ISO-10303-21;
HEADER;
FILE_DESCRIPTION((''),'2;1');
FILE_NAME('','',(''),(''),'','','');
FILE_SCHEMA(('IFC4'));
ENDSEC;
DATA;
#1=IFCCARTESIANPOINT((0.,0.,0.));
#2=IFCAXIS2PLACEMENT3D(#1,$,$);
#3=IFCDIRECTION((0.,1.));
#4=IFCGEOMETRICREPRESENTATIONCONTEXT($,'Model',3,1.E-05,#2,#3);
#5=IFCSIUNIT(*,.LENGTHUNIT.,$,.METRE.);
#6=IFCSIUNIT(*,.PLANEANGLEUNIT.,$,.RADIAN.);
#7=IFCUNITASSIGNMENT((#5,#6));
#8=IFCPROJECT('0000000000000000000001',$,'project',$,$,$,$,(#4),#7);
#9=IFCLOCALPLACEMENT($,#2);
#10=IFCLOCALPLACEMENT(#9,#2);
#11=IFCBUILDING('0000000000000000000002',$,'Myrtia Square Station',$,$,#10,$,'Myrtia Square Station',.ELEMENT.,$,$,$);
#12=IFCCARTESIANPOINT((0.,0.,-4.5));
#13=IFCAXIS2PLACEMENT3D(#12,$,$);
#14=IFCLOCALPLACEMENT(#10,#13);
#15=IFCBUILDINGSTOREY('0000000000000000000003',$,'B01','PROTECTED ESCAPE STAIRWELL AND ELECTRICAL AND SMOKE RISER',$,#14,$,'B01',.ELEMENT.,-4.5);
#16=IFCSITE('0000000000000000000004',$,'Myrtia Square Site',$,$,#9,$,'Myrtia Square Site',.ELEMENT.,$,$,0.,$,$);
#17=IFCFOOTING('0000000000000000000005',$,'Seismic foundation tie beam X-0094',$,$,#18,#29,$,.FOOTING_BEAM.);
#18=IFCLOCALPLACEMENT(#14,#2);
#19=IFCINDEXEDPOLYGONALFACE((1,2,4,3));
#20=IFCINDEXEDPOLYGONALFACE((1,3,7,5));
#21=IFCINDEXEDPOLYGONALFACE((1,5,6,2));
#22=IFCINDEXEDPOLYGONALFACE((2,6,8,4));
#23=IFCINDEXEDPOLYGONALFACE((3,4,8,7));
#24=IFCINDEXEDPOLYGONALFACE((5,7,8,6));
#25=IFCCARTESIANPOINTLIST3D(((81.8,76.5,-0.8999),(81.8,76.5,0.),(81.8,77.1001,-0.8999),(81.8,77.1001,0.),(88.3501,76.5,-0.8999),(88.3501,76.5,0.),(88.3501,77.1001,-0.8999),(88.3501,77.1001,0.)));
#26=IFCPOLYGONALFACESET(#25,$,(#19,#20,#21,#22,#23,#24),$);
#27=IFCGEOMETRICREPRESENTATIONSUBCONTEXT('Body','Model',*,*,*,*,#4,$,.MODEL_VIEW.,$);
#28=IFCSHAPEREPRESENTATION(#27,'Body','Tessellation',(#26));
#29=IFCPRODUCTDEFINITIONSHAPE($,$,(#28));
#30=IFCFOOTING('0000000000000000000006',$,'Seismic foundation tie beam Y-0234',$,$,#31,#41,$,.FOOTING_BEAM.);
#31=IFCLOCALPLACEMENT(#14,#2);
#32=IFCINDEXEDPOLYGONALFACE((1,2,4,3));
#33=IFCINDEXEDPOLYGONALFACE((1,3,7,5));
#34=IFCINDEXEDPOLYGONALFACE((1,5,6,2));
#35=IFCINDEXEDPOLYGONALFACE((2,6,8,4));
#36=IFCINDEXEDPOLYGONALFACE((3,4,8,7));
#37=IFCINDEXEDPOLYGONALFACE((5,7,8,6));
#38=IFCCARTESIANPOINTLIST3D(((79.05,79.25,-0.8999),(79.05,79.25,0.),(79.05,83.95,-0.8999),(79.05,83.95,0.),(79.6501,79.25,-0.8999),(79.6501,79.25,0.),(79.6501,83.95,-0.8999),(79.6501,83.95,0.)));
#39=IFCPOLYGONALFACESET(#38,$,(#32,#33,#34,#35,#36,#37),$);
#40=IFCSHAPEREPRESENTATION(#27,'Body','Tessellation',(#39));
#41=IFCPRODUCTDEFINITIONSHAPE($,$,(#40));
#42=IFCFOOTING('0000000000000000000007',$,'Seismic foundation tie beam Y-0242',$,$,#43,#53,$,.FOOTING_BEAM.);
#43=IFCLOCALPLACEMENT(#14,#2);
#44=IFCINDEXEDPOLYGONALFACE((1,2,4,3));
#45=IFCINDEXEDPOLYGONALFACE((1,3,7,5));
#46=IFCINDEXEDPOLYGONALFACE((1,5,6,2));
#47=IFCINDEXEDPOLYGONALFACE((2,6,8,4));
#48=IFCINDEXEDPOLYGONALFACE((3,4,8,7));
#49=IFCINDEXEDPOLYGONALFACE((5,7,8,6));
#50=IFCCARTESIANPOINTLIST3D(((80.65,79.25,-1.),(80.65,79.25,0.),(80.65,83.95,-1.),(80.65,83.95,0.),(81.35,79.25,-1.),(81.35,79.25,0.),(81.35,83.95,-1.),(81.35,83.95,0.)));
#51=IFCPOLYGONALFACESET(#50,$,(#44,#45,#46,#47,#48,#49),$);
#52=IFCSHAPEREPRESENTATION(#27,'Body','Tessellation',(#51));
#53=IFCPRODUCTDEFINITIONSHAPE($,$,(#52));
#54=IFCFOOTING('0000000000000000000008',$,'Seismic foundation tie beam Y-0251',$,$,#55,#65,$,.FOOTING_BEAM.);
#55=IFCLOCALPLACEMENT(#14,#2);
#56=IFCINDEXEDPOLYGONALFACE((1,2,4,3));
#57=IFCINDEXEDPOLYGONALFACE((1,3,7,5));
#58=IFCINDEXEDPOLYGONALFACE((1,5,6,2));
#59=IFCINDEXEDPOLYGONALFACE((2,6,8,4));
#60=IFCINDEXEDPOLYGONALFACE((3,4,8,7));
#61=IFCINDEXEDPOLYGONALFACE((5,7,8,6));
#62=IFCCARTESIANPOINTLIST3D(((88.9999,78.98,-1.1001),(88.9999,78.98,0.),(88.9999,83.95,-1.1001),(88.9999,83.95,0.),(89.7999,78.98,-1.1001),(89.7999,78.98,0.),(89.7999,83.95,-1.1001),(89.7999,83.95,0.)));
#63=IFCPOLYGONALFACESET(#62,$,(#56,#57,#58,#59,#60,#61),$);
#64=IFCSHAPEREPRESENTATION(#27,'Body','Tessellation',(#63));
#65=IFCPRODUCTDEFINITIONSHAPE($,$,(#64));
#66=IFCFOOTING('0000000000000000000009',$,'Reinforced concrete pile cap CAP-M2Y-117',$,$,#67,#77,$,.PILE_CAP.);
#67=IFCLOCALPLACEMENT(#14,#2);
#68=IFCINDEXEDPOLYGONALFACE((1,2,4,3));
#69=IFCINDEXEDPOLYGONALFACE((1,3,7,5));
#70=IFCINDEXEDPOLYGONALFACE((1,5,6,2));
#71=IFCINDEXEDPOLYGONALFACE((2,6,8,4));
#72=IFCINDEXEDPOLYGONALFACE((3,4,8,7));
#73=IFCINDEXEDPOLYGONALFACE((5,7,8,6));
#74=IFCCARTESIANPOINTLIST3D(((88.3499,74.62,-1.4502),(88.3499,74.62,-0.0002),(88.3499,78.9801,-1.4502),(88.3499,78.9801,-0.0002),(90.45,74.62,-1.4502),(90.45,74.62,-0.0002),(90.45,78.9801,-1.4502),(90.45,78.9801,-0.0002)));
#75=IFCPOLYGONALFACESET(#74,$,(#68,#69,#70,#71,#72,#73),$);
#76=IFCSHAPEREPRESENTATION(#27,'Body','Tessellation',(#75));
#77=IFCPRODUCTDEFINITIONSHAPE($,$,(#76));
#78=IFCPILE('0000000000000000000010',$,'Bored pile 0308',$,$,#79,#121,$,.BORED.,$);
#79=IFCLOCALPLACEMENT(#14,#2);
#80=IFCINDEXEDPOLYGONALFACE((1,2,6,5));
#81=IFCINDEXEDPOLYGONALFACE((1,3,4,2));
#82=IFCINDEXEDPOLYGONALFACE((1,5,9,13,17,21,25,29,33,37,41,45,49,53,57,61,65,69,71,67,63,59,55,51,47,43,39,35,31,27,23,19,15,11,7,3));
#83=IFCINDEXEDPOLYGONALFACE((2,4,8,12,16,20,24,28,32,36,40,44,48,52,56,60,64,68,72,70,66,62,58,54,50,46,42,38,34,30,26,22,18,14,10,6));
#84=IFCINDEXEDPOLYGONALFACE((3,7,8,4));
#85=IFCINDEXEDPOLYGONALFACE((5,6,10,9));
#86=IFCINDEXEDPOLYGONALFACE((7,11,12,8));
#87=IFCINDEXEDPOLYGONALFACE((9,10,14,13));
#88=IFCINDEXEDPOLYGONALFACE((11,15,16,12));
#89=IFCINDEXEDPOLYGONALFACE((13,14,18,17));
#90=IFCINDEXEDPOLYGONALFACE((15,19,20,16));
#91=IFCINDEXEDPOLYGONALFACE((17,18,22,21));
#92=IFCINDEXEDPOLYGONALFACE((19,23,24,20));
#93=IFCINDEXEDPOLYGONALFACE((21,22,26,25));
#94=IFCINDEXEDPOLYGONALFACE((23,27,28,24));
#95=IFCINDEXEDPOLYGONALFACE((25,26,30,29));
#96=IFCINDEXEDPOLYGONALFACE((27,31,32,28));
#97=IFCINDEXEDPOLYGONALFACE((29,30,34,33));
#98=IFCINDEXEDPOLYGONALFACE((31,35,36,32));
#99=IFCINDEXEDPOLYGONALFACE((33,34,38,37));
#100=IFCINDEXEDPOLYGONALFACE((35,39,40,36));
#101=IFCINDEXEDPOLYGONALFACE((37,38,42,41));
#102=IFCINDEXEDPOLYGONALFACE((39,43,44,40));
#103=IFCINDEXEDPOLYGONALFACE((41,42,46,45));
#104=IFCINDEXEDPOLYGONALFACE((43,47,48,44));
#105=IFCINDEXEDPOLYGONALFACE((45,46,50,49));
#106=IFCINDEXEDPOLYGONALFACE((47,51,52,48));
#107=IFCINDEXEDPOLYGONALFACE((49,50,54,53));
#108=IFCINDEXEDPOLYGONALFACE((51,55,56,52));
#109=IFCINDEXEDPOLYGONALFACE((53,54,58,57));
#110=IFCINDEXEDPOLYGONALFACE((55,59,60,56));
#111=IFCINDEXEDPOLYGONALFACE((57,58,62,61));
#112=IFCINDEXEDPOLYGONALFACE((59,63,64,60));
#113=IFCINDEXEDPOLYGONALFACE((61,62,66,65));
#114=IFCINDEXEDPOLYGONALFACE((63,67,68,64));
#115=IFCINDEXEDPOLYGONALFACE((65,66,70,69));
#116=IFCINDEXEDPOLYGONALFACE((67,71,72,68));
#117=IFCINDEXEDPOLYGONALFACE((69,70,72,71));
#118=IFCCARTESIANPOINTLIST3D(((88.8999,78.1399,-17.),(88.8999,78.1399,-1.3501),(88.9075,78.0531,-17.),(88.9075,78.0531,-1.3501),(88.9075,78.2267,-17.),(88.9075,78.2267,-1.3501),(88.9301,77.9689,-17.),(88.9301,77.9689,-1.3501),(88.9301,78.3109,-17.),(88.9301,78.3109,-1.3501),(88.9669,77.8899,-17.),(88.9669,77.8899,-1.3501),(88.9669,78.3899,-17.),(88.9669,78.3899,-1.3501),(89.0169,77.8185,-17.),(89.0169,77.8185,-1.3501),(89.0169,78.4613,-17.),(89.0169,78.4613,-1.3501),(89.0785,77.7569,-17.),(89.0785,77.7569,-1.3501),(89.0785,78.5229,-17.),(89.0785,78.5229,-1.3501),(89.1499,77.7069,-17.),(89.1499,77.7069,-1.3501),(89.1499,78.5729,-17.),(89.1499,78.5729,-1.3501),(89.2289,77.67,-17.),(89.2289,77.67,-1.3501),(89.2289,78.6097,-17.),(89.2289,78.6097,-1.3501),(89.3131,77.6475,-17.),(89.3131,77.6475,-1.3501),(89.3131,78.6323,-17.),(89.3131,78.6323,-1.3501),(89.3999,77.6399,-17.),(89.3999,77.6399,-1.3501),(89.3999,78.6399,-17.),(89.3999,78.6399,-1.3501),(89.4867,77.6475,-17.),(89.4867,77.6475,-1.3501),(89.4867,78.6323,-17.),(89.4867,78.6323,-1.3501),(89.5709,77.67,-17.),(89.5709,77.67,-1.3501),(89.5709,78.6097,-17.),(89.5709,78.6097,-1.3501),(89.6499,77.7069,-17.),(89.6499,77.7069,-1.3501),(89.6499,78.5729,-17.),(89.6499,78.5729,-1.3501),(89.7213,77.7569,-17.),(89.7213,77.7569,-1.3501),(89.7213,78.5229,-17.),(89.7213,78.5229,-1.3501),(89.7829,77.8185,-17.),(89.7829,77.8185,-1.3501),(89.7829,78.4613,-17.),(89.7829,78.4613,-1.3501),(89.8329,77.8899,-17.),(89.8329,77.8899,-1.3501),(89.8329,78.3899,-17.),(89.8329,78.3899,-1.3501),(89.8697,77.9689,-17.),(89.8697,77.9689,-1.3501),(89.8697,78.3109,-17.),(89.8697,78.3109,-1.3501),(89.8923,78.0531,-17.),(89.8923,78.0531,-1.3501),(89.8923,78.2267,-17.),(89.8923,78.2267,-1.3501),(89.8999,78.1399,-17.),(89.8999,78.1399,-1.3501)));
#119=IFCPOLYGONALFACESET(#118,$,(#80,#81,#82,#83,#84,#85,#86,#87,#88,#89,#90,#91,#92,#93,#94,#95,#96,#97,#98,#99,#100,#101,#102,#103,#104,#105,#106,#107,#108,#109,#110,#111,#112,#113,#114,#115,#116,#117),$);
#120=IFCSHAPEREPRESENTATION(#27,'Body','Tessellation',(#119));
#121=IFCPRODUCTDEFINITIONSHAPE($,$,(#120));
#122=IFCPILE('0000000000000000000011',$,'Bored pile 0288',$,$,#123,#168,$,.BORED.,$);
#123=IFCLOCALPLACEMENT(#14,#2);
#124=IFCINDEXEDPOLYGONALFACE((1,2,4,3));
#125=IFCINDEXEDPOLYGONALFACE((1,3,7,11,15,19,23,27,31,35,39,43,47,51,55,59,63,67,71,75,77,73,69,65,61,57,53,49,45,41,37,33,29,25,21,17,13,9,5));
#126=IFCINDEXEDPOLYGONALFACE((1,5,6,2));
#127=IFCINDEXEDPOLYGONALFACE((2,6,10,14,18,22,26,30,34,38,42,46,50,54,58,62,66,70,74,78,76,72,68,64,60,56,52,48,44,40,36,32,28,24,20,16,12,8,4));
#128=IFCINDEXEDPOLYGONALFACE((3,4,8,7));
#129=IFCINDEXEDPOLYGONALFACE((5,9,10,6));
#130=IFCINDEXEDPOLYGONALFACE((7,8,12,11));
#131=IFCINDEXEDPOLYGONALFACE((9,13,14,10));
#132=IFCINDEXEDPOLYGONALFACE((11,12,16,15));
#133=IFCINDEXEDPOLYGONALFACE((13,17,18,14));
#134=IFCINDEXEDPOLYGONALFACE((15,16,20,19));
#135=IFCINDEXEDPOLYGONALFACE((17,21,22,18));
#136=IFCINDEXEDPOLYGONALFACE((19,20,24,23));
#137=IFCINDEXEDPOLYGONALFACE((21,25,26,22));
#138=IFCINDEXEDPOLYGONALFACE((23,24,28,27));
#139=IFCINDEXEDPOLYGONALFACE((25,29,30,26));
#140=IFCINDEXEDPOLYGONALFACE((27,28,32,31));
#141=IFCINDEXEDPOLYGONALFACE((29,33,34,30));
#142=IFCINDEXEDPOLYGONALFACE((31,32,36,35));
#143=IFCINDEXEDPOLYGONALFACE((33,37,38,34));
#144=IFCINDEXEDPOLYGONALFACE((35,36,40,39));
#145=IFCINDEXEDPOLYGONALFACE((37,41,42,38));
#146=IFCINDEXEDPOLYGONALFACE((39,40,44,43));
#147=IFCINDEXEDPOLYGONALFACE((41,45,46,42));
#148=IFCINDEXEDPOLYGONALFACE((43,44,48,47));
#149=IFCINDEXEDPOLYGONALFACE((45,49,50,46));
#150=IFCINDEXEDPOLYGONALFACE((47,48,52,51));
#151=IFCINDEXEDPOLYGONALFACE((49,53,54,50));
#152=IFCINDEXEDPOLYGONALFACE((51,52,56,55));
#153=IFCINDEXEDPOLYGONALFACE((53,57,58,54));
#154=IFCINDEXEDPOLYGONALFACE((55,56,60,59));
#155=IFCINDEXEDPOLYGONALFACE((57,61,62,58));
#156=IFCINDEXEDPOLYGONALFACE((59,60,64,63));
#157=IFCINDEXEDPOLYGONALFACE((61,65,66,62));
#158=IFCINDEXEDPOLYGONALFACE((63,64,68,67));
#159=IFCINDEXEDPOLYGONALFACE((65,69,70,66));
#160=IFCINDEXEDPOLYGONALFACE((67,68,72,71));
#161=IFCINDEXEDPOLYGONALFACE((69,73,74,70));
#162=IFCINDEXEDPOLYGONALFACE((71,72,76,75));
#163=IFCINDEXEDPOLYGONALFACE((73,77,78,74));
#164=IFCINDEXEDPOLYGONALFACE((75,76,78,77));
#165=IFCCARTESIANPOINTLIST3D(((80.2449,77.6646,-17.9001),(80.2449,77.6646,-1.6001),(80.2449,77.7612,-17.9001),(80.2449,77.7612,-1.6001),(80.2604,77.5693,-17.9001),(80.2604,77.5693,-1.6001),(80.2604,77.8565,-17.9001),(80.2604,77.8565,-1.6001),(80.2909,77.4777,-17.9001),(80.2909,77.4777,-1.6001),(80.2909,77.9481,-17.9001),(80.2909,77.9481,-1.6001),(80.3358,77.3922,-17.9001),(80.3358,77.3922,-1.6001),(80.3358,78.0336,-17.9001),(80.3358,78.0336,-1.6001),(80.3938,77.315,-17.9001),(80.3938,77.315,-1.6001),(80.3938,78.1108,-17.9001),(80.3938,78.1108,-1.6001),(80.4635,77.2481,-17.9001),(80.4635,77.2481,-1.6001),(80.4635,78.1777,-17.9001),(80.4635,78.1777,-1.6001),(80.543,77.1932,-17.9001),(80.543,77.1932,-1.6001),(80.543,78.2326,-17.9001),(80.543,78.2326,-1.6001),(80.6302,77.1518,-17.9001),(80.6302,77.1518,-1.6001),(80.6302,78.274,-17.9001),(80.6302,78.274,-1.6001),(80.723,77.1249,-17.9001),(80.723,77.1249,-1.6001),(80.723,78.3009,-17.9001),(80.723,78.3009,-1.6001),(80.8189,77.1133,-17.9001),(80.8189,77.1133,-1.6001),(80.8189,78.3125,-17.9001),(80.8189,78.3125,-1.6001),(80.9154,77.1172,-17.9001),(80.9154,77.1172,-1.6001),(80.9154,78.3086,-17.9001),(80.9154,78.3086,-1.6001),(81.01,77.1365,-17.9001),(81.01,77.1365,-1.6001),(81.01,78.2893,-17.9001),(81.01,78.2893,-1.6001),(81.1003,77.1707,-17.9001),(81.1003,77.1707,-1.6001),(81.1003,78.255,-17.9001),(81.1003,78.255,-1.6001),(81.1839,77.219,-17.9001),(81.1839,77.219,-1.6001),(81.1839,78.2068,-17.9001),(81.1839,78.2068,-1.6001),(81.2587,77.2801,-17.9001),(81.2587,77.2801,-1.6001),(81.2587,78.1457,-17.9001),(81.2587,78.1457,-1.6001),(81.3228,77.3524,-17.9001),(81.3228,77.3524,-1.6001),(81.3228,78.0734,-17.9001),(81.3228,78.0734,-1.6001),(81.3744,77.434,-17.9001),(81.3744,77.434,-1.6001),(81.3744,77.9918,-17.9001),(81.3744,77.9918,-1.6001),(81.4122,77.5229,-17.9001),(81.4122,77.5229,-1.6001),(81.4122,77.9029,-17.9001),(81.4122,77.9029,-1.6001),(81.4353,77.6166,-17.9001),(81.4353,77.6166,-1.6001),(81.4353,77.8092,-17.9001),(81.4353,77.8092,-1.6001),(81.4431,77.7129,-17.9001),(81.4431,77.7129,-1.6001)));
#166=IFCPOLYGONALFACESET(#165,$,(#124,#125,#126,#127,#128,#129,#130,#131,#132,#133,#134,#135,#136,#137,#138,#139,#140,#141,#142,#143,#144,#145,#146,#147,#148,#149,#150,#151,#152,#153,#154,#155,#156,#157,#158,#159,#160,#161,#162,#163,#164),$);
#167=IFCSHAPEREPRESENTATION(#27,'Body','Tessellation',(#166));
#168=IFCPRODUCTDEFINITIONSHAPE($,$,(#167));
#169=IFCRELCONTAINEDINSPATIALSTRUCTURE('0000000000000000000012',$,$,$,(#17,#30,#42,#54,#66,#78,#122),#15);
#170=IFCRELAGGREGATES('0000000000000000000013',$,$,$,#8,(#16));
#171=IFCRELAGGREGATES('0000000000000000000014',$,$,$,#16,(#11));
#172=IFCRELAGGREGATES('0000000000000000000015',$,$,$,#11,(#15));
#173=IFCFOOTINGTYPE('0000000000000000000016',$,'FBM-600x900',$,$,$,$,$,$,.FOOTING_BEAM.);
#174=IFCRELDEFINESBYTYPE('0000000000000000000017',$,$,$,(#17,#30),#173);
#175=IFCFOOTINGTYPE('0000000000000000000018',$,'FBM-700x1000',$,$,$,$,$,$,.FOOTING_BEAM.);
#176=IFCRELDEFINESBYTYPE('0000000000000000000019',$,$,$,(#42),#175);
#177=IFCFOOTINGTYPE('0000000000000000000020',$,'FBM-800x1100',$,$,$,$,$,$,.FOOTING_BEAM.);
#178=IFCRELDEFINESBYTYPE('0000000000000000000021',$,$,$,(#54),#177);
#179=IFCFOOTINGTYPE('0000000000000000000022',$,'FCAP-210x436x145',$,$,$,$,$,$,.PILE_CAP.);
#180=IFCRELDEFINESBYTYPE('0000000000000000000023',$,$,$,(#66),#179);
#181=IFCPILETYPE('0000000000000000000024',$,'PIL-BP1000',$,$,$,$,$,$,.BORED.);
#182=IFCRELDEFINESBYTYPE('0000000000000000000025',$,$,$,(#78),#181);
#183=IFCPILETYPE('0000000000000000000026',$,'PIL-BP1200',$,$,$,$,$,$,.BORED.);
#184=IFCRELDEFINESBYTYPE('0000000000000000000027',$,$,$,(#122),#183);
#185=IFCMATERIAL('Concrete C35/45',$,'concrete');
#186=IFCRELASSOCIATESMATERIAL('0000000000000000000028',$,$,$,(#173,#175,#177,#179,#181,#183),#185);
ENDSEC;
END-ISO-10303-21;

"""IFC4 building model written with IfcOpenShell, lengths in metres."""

from ifc_helpers import new_model, si_unit, direction, frame, origin, origin_2d, place, context, subcontext, project, spatial, rectangle, circle, extrude, material, material_profile, profile_set, type_object, element, save


model = new_model("IFC4")

# Units and contexts
model_context = context("Model", 3, precision=1e-05, world=origin(), true_north=direction((0.0, 1.0)))
body_context = subcontext(model_context, "Body", "Model", "MODEL_VIEW")
ifc_project = project(units=[si_unit("LENGTHUNIT", "METRE"), si_unit("PLANEANGLEUNIT", "RADIAN")], contexts=[model_context])

# Site, building, storey
site_placement = place(None, origin())
site = spatial("IfcSite", under=ifc_project, at=site_placement, Name="Myrtia Square Site", LongName="Myrtia Square Site", CompositionType="ELEMENT", RefElevation=0.0)
building_placement = place(site_placement, origin())
building = spatial("IfcBuilding", under=site, at=building_placement, Name="Myrtia Square Station", LongName="Myrtia Square Station", CompositionType="ELEMENT")
storey_placement = place(building_placement, frame((0.0, 0.0, -4.5)))
storey = spatial("IfcBuildingStorey", under=building, at=storey_placement, Name="B01", Description="PROTECTED ESCAPE STAIRWELL AND ELECTRICAL AND SMOKE RISER", LongName="B01", CompositionType="ELEMENT", Elevation=-4.5)

# Footings
ifc_material_1 = material(Name="Concrete C35/45", Category="concrete")
ifc_material_profile_1 = material_profile(ifc_material_1, rectangle(XDim=0.6001, YDim=0.8999, at=origin_2d()), Name="FB 600x900")
ifc_profile_set_1 = profile_set([ifc_material_profile_1], Name="Concrete C35/45")
footing_type_1 = type_object("IfcFootingType", Name="FBM-600x900", PredefinedType="FOOTING_BEAM", material=ifc_profile_set_1)
footing_1_placement = place(storey_placement, frame((81.8, 76.8, -0.45), z_axis=(1.0, 0.0, 0.0), x_axis=(0.0, 1.0, 0.0)))
element("IfcFooting", 1, at=footing_1_placement, inside=storey, type_object=footing_type_1, Name="Seismic foundation tie beam X-0094", PredefinedType="FOOTING_BEAM", context=body_context, shape_type="SweptSolid", body=[
    extrude(rectangle(XDim=0.6001, YDim=0.8999, at=origin_2d()), origin(), (0.0, 0.0, 1.0), 6.55),
])
footing_2_placement = place(storey_placement, frame((79.3501, 79.25, -0.45), z_axis=(0.0, 1.0, 0.0), x_axis=(-1.0, 0.0, 0.0)))
element("IfcFooting", 2, at=footing_2_placement, inside=storey, type_object=footing_type_1, Name="Seismic foundation tie beam Y-0234", PredefinedType="FOOTING_BEAM", context=body_context, shape_type="SweptSolid", body=[
    extrude(rectangle(XDim=0.6001, YDim=0.8999, at=origin_2d()), origin(), (0.0, 0.0, 1.0), 4.7),
])
ifc_material_profile_2 = material_profile(ifc_material_1, rectangle(XDim=0.7, YDim=1.0, at=origin_2d()), Name="FB 700x1000")
ifc_profile_set_2 = profile_set([ifc_material_profile_2], Name="Concrete C35/45")
footing_type_2 = type_object("IfcFootingType", Name="FBM-700x1000", PredefinedType="FOOTING_BEAM", material=ifc_profile_set_2)
footing_3_placement = place(storey_placement, frame((81.0, 79.25, -0.5), z_axis=(0.0, 1.0, 0.0), x_axis=(-1.0, 0.0, 0.0)))
element("IfcFooting", 3, at=footing_3_placement, inside=storey, type_object=footing_type_2, Name="Seismic foundation tie beam Y-0242", PredefinedType="FOOTING_BEAM", context=body_context, shape_type="SweptSolid", body=[
    extrude(rectangle(XDim=0.7, YDim=1.0, at=origin_2d()), origin(), (0.0, 0.0, 1.0), 4.7),
])
ifc_material_profile_3 = material_profile(ifc_material_1, rectangle(XDim=0.8, YDim=1.1001, at=origin_2d()), Name="FB 800x1100")
ifc_profile_set_3 = profile_set([ifc_material_profile_3], Name="Concrete C35/45")
footing_type_3 = type_object("IfcFootingType", Name="FBM-800x1100", PredefinedType="FOOTING_BEAM", material=ifc_profile_set_3)
footing_4_placement = place(storey_placement, frame((89.3999, 78.98, -0.55), z_axis=(0.0, 1.0, 0.0), x_axis=(-1.0, 0.0, 0.0)))
element("IfcFooting", 4, at=footing_4_placement, inside=storey, type_object=footing_type_3, Name="Seismic foundation tie beam Y-0251", PredefinedType="FOOTING_BEAM", context=body_context, shape_type="SweptSolid", body=[
    extrude(rectangle(XDim=0.8, YDim=1.1001, at=origin_2d()), origin(), (0.0, 0.0, 1.0), 4.97),
])
footing_type_4 = type_object("IfcFootingType", Name="FCAP-210x436x145", PredefinedType="PILE_CAP", material=ifc_material_1)
footing_5_placement = place(storey_placement, frame((89.3999, 76.8, -1.4502), z_axis=(0.0, 0.0, 1.0), x_axis=(1.0, 0.0, 0.0)))
element("IfcFooting", 5, at=footing_5_placement, inside=storey, type_object=footing_type_4, Name="Reinforced concrete pile cap CAP-M2Y-117", PredefinedType="PILE_CAP", context=body_context, shape_type="SweptSolid", body=[
    extrude(rectangle(XDim=2.1001, YDim=4.3601, at=origin_2d()), origin(), (0.0, 0.0, 1.0), 1.45),
])

# Piles
ifc_material_profile_4 = material_profile(ifc_material_1, circle(Radius=0.5, at=origin_2d()), Name="BP D1000")
ifc_profile_set_4 = profile_set([ifc_material_profile_4], Name="Concrete C35/45")
pile_type_1 = type_object("IfcPileType", Name="PIL-BP1000", PredefinedType="BORED", material=ifc_profile_set_4)
pile_1_placement = place(storey_placement, frame((89.3999, 78.1399, -1.3501), z_axis=(0.0, 0.0, -1.0), x_axis=(1.0, 0.0, 0.0)))
element("IfcPile", 6, at=pile_1_placement, inside=storey, type_object=pile_type_1, Name="Bored pile 0308", PredefinedType="BORED", context=body_context, shape_type="SweptSolid", body=[
    extrude(circle(Radius=0.5, at=origin_2d()), origin(), (0.0, 0.0, 1.0), 15.6499),
])
ifc_material_profile_5 = material_profile(ifc_material_1, circle(Radius=0.6001, at=origin_2d()), Name="BP D1200")
ifc_profile_set_5 = profile_set([ifc_material_profile_5], Name="Concrete C35/45")
pile_type_2 = type_object("IfcPileType", Name="PIL-BP1200", PredefinedType="BORED", material=ifc_profile_set_5)
pile_2_placement = place(storey_placement, frame((80.843, 77.7129, -1.6001), z_axis=(0.0, 0.0, -1.0), x_axis=(1.0, 0.0, 0.0)))
element("IfcPile", 7, at=pile_2_placement, inside=storey, type_object=pile_type_2, Name="Bored pile 0288", PredefinedType="BORED", context=body_context, shape_type="SweptSolid", body=[
    extrude(circle(Radius=0.6001, at=origin_2d()), origin(), (0.0, 0.0, 1.0), 16.3),
])

save(model, "model.ifc")
